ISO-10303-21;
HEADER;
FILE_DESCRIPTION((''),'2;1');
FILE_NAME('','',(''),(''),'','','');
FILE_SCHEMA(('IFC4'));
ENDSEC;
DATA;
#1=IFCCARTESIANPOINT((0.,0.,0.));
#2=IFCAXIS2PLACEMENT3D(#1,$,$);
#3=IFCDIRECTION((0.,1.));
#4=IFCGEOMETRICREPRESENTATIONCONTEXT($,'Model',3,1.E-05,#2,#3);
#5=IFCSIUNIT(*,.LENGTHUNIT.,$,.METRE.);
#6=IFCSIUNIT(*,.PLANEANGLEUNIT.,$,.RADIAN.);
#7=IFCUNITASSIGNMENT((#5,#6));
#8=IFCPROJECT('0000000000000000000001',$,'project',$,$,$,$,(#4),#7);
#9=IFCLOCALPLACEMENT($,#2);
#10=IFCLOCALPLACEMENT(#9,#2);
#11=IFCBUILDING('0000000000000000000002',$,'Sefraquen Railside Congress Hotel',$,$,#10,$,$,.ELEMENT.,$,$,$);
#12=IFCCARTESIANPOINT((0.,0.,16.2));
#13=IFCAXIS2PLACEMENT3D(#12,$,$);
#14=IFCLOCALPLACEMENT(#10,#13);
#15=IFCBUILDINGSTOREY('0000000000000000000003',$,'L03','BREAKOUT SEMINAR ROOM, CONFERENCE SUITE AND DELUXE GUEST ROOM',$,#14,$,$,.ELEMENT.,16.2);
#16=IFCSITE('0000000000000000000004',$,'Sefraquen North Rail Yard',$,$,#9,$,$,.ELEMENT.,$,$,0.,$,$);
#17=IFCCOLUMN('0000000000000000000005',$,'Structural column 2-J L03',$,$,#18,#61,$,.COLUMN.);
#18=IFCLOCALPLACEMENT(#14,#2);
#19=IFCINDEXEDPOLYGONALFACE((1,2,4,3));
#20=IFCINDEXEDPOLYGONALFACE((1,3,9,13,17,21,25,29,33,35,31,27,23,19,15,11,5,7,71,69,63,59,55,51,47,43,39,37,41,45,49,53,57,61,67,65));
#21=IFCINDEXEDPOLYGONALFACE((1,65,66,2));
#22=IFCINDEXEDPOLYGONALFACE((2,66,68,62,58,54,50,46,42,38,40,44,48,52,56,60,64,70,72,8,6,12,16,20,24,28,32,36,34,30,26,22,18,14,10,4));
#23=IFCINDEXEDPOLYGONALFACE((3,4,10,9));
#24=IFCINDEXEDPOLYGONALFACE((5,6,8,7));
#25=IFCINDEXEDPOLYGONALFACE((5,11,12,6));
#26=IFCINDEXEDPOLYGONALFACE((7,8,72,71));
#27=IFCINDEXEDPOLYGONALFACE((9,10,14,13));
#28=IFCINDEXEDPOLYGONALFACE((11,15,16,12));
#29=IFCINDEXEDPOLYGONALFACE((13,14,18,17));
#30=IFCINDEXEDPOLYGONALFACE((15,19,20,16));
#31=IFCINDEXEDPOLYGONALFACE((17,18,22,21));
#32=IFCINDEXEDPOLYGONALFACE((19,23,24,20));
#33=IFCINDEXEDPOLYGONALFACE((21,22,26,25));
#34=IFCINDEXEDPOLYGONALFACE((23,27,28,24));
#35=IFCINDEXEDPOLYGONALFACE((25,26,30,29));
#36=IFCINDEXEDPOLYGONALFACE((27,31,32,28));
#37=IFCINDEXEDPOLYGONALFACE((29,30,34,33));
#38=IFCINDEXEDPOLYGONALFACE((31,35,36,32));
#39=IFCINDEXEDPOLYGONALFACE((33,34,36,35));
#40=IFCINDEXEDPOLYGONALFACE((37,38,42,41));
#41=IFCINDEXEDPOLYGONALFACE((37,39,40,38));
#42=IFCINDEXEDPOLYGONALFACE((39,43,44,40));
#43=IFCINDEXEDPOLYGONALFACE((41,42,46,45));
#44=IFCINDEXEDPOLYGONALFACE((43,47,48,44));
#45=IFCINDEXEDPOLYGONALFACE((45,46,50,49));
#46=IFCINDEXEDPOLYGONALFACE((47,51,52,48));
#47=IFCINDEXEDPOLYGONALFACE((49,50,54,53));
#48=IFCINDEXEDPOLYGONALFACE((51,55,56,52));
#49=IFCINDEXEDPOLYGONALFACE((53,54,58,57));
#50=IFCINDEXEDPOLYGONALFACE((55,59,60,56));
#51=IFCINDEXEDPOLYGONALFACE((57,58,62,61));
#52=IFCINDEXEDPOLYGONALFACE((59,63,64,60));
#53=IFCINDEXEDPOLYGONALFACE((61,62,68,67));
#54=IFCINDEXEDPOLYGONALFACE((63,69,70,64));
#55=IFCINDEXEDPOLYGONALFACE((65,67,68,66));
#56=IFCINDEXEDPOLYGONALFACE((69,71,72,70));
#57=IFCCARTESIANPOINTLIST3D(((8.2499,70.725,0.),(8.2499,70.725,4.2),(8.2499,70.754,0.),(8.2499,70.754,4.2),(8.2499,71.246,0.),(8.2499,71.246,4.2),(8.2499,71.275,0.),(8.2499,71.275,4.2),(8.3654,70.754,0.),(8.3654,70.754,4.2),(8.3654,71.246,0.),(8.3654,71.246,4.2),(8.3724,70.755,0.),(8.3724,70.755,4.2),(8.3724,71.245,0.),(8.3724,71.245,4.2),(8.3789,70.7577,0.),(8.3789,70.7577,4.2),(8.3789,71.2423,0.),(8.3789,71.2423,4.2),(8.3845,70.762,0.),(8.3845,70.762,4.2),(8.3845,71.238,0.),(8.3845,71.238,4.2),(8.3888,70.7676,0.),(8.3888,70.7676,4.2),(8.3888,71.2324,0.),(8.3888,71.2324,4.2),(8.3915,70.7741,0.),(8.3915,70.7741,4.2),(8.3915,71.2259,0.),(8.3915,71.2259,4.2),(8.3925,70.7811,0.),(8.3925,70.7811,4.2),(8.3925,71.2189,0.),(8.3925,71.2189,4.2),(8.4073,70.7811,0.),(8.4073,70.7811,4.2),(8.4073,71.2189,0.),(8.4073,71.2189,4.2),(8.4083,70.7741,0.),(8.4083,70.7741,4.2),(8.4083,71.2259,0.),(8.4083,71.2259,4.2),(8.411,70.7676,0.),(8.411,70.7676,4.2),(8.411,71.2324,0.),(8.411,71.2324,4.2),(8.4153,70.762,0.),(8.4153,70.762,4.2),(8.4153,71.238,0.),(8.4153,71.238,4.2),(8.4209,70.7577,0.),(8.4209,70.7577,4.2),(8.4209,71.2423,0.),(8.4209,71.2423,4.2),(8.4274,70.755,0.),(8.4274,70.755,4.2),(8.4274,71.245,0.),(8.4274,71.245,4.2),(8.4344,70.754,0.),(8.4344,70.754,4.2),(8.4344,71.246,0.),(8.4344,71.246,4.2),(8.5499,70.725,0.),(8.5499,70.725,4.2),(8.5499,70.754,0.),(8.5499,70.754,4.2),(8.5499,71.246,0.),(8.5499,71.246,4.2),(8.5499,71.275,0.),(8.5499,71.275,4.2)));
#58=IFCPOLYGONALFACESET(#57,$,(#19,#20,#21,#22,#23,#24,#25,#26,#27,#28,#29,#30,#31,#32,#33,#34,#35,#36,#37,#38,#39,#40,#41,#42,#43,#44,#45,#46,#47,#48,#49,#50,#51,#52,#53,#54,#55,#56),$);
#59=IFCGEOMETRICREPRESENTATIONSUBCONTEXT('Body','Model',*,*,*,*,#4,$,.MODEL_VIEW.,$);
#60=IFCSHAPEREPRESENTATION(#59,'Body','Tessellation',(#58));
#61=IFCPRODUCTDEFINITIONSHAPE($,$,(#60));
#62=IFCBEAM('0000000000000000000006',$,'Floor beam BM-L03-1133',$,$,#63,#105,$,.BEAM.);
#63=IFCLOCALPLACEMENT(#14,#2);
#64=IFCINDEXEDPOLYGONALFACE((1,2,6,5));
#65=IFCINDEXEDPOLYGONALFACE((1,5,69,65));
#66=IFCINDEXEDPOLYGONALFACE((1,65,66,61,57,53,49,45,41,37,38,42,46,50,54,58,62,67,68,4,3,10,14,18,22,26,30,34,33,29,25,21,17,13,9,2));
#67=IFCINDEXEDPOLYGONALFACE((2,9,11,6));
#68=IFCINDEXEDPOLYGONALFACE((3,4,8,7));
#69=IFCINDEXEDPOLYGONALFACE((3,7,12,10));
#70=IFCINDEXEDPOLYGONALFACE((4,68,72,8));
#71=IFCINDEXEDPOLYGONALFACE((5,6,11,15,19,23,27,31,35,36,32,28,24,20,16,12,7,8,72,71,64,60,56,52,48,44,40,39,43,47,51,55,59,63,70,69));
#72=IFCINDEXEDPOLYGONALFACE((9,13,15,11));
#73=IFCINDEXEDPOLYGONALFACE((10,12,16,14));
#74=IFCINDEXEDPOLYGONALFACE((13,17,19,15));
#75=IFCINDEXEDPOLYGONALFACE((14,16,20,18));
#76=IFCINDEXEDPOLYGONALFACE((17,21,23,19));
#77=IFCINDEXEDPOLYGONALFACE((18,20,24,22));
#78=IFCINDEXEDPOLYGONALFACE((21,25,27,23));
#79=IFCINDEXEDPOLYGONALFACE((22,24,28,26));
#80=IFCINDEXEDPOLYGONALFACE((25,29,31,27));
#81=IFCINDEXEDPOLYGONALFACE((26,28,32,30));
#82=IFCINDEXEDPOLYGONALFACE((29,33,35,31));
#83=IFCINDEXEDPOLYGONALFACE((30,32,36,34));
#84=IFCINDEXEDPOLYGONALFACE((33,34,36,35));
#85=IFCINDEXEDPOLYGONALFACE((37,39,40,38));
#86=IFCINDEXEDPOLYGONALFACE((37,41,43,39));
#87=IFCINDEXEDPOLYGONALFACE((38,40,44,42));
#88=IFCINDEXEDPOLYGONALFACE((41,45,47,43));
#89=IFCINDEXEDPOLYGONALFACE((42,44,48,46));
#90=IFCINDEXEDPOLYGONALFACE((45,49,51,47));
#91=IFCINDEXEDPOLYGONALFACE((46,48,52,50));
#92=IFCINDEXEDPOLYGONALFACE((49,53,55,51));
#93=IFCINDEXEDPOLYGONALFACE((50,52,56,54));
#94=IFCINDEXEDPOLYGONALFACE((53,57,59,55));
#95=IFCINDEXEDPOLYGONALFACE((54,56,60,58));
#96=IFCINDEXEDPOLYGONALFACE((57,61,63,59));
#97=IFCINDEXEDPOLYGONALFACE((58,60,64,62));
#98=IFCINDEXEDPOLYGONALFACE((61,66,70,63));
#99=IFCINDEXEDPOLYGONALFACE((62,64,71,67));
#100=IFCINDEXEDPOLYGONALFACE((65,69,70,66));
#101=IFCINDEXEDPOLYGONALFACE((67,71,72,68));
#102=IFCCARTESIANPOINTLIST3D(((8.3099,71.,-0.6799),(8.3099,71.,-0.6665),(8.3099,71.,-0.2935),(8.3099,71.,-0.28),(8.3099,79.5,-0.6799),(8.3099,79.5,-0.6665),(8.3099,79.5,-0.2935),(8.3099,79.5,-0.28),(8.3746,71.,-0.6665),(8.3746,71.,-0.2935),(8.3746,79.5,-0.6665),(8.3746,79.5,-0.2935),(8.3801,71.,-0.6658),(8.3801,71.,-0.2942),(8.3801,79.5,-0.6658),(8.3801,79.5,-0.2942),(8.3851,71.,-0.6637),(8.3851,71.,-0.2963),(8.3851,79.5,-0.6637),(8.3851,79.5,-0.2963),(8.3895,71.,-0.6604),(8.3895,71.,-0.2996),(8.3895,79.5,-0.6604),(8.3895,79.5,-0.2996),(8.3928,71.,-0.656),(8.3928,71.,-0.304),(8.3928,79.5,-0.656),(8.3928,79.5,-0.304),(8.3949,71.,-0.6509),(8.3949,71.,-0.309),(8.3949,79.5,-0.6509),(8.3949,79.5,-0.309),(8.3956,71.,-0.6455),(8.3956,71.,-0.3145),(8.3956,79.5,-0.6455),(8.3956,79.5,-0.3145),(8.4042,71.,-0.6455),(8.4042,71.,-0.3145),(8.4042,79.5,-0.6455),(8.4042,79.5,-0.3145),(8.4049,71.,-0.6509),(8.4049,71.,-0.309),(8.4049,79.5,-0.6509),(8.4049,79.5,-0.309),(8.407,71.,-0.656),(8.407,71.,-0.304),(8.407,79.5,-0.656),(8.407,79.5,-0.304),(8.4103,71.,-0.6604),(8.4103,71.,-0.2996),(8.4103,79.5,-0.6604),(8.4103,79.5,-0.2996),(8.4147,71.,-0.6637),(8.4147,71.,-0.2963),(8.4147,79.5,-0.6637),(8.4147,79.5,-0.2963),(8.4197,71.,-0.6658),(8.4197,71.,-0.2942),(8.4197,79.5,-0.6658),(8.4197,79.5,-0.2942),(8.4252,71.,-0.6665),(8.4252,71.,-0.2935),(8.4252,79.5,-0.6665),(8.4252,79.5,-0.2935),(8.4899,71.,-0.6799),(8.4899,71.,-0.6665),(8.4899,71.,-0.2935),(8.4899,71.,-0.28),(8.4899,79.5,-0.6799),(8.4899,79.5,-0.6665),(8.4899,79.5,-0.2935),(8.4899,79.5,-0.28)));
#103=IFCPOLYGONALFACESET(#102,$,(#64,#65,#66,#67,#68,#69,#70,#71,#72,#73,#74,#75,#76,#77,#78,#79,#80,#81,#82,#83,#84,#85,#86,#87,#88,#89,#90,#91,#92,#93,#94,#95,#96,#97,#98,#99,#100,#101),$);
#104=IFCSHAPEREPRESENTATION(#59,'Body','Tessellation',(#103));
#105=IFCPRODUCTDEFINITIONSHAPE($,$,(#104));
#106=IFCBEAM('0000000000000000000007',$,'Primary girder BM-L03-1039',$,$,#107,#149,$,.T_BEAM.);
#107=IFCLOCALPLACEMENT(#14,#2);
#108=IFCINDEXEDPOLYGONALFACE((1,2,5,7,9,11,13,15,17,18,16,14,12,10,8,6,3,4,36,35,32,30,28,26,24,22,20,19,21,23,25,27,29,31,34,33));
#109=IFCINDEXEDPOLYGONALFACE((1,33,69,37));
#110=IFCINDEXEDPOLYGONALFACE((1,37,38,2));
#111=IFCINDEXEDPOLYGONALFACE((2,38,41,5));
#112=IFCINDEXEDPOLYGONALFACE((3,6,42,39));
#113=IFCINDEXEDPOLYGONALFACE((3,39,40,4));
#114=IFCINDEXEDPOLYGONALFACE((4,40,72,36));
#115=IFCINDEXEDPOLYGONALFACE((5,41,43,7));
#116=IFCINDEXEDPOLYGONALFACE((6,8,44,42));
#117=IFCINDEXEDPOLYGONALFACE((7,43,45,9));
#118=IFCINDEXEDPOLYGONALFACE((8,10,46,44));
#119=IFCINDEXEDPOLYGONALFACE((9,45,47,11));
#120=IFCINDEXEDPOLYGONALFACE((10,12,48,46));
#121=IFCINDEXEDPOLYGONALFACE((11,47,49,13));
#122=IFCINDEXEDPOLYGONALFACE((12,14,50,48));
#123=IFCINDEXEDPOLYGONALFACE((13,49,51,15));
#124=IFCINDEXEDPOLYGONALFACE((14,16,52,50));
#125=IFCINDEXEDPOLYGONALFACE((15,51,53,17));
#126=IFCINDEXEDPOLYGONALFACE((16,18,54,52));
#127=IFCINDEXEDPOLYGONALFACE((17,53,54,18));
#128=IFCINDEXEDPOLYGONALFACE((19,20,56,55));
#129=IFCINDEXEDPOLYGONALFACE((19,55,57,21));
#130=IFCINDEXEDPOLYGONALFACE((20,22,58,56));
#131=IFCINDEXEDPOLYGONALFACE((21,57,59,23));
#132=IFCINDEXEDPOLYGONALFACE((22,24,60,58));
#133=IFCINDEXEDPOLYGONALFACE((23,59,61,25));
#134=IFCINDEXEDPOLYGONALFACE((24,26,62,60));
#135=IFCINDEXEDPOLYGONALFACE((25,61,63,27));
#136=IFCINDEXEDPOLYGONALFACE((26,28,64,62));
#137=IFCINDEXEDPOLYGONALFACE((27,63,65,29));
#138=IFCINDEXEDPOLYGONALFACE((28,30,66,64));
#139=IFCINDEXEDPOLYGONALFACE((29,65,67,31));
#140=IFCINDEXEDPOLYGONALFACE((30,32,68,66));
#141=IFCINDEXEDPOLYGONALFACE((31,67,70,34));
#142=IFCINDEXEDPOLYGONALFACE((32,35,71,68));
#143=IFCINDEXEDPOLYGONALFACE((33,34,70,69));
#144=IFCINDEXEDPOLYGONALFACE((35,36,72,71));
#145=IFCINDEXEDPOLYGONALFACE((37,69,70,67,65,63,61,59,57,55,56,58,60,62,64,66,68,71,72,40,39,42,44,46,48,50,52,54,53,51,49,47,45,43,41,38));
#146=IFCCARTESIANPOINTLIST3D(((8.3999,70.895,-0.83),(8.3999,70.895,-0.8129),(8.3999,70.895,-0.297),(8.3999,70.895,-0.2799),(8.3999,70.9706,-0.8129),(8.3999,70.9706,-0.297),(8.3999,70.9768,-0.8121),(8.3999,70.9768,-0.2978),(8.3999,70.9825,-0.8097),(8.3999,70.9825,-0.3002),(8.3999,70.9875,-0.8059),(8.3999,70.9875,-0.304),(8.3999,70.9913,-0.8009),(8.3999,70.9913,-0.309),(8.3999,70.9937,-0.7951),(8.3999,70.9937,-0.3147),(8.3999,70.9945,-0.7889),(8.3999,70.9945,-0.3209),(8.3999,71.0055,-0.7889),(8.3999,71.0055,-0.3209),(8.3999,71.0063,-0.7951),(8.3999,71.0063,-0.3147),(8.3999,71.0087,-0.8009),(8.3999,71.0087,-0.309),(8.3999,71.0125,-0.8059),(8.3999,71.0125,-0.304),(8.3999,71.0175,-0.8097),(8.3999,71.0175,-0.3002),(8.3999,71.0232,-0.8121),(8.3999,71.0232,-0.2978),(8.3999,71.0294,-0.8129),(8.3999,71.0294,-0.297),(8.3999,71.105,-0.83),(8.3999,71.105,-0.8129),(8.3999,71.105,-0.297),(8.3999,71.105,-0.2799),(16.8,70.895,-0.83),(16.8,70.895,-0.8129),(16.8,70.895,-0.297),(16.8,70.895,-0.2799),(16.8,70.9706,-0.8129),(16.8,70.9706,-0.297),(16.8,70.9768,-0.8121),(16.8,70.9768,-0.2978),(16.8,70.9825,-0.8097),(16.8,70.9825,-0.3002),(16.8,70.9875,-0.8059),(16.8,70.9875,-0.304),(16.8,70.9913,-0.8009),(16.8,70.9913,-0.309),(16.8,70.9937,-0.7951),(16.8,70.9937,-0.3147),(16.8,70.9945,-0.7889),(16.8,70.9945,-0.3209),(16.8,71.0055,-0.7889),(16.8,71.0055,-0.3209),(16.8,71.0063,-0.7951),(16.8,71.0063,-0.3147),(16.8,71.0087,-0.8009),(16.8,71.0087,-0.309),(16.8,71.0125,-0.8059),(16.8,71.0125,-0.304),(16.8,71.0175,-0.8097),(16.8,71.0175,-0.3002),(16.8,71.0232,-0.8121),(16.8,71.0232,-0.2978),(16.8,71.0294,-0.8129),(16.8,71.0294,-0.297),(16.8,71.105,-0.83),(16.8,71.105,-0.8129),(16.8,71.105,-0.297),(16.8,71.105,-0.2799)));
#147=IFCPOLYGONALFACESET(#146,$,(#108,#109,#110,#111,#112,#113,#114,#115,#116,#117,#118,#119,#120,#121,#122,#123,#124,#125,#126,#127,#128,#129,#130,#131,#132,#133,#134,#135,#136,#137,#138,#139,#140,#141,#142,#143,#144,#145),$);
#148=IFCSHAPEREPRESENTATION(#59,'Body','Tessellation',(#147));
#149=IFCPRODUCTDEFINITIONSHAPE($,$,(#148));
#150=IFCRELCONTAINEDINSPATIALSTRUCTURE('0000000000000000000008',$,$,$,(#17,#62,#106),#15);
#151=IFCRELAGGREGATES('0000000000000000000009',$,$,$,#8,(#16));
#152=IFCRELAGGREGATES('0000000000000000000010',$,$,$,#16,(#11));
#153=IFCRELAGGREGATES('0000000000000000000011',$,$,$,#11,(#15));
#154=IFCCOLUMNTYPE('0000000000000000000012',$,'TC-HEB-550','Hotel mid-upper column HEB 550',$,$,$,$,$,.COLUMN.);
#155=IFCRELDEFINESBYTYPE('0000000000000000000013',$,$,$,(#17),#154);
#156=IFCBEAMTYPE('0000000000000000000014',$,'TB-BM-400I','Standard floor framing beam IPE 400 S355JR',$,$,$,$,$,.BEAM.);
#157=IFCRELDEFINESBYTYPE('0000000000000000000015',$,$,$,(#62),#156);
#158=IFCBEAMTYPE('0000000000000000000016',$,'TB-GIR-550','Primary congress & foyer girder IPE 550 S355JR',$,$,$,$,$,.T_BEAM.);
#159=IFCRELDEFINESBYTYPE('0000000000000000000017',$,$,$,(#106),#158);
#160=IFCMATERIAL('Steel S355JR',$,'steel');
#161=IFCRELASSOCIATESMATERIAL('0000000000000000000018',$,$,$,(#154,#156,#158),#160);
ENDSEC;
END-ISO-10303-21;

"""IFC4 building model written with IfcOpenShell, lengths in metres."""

from ifc_helpers import new_model, si_unit, direction, frame, origin, origin_2d, place, context, subcontext, project, spatial, i_section, extrude, material, material_profile, profile_set, type_object, element, save


model = new_model("IFC4")

# Units and contexts
model_context = context("Model", 3, precision=1e-05, world=origin(), true_north=direction((0.0, 1.0)))
body_context = subcontext(model_context, "Body", "Model", "MODEL_VIEW")
ifc_project = project(units=[si_unit("LENGTHUNIT", "METRE"), si_unit("PLANEANGLEUNIT", "RADIAN")], contexts=[model_context])

# Site, building, storey
site_placement = place(None, origin())
site = spatial("IfcSite", under=ifc_project, at=site_placement, Name="Sefraquen North Rail Yard", CompositionType="ELEMENT", RefElevation=0.0)
building_placement = place(site_placement, origin())
building = spatial("IfcBuilding", under=site, at=building_placement, Name="Sefraquen Railside Congress Hotel", CompositionType="ELEMENT")
storey_placement = place(building_placement, frame((0.0, 0.0, 16.2)))
storey = spatial("IfcBuildingStorey", under=building, at=storey_placement, Name="L03", Description="BREAKOUT SEMINAR ROOM, CONFERENCE SUITE AND DELUXE GUEST ROOM", CompositionType="ELEMENT", Elevation=16.2)

# Column
ifc_material_1 = material(Name="Steel S355JR", Category="steel")
ifc_material_profile_1 = material_profile(ifc_material_1, i_section(OverallWidth=0.3, OverallDepth=0.55, WebThickness=0.0149, FlangeThickness=0.0291, FilletRadius=0.0271, at=origin_2d()), Name="HEB 550")
ifc_profile_set_1 = profile_set([ifc_material_profile_1], Name="Steel S355JR")
column_type = type_object("IfcColumnType", Name="TC-HEB-550", Description="Hotel mid-upper column HEB 550", PredefinedType="COLUMN", material=ifc_profile_set_1)
column_placement = place(storey_placement, frame((8.3999, 71.0, 0.0), z_axis=(0.0, 0.0, 1.0), x_axis=(1.0, 0.0, 0.0)))
element("IfcColumn", 1, at=column_placement, inside=storey, type_object=column_type, Name="Structural column 2-J L03", PredefinedType="COLUMN", context=body_context, shape_type="SweptSolid", body=[
    extrude(i_section(OverallWidth=0.3, OverallDepth=0.55, WebThickness=0.0149, FlangeThickness=0.0291, FilletRadius=0.0271, at=origin_2d()), origin(), (0.0, 0.0, 1.0), 4.2),
])

# Beams
ifc_material_profile_2 = material_profile(ifc_material_1, i_section(OverallWidth=0.1799, OverallDepth=0.3999, WebThickness=0.0085, FlangeThickness=0.0134, FilletRadius=0.021, at=origin_2d()), Name="IPE 400")
ifc_profile_set_2 = profile_set([ifc_material_profile_2], Name="Steel S355JR")
beam_type_1 = type_object("IfcBeamType", Name="TB-BM-400I", Description="Standard floor framing beam IPE 400 S355JR", PredefinedType="BEAM", material=ifc_profile_set_2)
beam_1_placement = place(storey_placement, frame((8.3999, 71.0, -0.48), z_axis=(0.0, 1.0, 0.0), x_axis=(-1.0, 0.0, 0.0)))
element("IfcBeam", 2, at=beam_1_placement, inside=storey, type_object=beam_type_1, Name="Floor beam BM-L03-1133", PredefinedType="BEAM", context=body_context, shape_type="SweptSolid", body=[
    extrude(i_section(OverallWidth=0.1799, OverallDepth=0.3999, WebThickness=0.0085, FlangeThickness=0.0134, FilletRadius=0.021, at=origin_2d()), origin(), (0.0, 0.0, 1.0), 8.5),
])
ifc_material_profile_3 = material_profile(ifc_material_1, i_section(OverallWidth=0.21, OverallDepth=0.55, WebThickness=0.011, FlangeThickness=0.0171, FilletRadius=0.0239, at=origin_2d()), Name="IPE 550")
ifc_profile_set_3 = profile_set([ifc_material_profile_3], Name="Steel S355JR")
beam_type_2 = type_object("IfcBeamType", Name="TB-GIR-550", Description="Primary congress & foyer girder IPE 550 S355JR", PredefinedType="T_BEAM", material=ifc_profile_set_3)
beam_2_placement = place(storey_placement, frame((8.3999, 71.0, -0.5549), z_axis=(1.0, 0.0, 0.0), x_axis=(0.0, 1.0, 0.0)))
element("IfcBeam", 3, at=beam_2_placement, inside=storey, type_object=beam_type_2, Name="Primary girder BM-L03-1039", PredefinedType="T_BEAM", context=body_context, shape_type="SweptSolid", body=[
    extrude(i_section(OverallWidth=0.21, OverallDepth=0.55, WebThickness=0.011, FlangeThickness=0.0171, FilletRadius=0.0239, at=origin_2d()), origin(), (0.0, 0.0, 1.0), 8.4001),
])

save(model, "model.ifc")
